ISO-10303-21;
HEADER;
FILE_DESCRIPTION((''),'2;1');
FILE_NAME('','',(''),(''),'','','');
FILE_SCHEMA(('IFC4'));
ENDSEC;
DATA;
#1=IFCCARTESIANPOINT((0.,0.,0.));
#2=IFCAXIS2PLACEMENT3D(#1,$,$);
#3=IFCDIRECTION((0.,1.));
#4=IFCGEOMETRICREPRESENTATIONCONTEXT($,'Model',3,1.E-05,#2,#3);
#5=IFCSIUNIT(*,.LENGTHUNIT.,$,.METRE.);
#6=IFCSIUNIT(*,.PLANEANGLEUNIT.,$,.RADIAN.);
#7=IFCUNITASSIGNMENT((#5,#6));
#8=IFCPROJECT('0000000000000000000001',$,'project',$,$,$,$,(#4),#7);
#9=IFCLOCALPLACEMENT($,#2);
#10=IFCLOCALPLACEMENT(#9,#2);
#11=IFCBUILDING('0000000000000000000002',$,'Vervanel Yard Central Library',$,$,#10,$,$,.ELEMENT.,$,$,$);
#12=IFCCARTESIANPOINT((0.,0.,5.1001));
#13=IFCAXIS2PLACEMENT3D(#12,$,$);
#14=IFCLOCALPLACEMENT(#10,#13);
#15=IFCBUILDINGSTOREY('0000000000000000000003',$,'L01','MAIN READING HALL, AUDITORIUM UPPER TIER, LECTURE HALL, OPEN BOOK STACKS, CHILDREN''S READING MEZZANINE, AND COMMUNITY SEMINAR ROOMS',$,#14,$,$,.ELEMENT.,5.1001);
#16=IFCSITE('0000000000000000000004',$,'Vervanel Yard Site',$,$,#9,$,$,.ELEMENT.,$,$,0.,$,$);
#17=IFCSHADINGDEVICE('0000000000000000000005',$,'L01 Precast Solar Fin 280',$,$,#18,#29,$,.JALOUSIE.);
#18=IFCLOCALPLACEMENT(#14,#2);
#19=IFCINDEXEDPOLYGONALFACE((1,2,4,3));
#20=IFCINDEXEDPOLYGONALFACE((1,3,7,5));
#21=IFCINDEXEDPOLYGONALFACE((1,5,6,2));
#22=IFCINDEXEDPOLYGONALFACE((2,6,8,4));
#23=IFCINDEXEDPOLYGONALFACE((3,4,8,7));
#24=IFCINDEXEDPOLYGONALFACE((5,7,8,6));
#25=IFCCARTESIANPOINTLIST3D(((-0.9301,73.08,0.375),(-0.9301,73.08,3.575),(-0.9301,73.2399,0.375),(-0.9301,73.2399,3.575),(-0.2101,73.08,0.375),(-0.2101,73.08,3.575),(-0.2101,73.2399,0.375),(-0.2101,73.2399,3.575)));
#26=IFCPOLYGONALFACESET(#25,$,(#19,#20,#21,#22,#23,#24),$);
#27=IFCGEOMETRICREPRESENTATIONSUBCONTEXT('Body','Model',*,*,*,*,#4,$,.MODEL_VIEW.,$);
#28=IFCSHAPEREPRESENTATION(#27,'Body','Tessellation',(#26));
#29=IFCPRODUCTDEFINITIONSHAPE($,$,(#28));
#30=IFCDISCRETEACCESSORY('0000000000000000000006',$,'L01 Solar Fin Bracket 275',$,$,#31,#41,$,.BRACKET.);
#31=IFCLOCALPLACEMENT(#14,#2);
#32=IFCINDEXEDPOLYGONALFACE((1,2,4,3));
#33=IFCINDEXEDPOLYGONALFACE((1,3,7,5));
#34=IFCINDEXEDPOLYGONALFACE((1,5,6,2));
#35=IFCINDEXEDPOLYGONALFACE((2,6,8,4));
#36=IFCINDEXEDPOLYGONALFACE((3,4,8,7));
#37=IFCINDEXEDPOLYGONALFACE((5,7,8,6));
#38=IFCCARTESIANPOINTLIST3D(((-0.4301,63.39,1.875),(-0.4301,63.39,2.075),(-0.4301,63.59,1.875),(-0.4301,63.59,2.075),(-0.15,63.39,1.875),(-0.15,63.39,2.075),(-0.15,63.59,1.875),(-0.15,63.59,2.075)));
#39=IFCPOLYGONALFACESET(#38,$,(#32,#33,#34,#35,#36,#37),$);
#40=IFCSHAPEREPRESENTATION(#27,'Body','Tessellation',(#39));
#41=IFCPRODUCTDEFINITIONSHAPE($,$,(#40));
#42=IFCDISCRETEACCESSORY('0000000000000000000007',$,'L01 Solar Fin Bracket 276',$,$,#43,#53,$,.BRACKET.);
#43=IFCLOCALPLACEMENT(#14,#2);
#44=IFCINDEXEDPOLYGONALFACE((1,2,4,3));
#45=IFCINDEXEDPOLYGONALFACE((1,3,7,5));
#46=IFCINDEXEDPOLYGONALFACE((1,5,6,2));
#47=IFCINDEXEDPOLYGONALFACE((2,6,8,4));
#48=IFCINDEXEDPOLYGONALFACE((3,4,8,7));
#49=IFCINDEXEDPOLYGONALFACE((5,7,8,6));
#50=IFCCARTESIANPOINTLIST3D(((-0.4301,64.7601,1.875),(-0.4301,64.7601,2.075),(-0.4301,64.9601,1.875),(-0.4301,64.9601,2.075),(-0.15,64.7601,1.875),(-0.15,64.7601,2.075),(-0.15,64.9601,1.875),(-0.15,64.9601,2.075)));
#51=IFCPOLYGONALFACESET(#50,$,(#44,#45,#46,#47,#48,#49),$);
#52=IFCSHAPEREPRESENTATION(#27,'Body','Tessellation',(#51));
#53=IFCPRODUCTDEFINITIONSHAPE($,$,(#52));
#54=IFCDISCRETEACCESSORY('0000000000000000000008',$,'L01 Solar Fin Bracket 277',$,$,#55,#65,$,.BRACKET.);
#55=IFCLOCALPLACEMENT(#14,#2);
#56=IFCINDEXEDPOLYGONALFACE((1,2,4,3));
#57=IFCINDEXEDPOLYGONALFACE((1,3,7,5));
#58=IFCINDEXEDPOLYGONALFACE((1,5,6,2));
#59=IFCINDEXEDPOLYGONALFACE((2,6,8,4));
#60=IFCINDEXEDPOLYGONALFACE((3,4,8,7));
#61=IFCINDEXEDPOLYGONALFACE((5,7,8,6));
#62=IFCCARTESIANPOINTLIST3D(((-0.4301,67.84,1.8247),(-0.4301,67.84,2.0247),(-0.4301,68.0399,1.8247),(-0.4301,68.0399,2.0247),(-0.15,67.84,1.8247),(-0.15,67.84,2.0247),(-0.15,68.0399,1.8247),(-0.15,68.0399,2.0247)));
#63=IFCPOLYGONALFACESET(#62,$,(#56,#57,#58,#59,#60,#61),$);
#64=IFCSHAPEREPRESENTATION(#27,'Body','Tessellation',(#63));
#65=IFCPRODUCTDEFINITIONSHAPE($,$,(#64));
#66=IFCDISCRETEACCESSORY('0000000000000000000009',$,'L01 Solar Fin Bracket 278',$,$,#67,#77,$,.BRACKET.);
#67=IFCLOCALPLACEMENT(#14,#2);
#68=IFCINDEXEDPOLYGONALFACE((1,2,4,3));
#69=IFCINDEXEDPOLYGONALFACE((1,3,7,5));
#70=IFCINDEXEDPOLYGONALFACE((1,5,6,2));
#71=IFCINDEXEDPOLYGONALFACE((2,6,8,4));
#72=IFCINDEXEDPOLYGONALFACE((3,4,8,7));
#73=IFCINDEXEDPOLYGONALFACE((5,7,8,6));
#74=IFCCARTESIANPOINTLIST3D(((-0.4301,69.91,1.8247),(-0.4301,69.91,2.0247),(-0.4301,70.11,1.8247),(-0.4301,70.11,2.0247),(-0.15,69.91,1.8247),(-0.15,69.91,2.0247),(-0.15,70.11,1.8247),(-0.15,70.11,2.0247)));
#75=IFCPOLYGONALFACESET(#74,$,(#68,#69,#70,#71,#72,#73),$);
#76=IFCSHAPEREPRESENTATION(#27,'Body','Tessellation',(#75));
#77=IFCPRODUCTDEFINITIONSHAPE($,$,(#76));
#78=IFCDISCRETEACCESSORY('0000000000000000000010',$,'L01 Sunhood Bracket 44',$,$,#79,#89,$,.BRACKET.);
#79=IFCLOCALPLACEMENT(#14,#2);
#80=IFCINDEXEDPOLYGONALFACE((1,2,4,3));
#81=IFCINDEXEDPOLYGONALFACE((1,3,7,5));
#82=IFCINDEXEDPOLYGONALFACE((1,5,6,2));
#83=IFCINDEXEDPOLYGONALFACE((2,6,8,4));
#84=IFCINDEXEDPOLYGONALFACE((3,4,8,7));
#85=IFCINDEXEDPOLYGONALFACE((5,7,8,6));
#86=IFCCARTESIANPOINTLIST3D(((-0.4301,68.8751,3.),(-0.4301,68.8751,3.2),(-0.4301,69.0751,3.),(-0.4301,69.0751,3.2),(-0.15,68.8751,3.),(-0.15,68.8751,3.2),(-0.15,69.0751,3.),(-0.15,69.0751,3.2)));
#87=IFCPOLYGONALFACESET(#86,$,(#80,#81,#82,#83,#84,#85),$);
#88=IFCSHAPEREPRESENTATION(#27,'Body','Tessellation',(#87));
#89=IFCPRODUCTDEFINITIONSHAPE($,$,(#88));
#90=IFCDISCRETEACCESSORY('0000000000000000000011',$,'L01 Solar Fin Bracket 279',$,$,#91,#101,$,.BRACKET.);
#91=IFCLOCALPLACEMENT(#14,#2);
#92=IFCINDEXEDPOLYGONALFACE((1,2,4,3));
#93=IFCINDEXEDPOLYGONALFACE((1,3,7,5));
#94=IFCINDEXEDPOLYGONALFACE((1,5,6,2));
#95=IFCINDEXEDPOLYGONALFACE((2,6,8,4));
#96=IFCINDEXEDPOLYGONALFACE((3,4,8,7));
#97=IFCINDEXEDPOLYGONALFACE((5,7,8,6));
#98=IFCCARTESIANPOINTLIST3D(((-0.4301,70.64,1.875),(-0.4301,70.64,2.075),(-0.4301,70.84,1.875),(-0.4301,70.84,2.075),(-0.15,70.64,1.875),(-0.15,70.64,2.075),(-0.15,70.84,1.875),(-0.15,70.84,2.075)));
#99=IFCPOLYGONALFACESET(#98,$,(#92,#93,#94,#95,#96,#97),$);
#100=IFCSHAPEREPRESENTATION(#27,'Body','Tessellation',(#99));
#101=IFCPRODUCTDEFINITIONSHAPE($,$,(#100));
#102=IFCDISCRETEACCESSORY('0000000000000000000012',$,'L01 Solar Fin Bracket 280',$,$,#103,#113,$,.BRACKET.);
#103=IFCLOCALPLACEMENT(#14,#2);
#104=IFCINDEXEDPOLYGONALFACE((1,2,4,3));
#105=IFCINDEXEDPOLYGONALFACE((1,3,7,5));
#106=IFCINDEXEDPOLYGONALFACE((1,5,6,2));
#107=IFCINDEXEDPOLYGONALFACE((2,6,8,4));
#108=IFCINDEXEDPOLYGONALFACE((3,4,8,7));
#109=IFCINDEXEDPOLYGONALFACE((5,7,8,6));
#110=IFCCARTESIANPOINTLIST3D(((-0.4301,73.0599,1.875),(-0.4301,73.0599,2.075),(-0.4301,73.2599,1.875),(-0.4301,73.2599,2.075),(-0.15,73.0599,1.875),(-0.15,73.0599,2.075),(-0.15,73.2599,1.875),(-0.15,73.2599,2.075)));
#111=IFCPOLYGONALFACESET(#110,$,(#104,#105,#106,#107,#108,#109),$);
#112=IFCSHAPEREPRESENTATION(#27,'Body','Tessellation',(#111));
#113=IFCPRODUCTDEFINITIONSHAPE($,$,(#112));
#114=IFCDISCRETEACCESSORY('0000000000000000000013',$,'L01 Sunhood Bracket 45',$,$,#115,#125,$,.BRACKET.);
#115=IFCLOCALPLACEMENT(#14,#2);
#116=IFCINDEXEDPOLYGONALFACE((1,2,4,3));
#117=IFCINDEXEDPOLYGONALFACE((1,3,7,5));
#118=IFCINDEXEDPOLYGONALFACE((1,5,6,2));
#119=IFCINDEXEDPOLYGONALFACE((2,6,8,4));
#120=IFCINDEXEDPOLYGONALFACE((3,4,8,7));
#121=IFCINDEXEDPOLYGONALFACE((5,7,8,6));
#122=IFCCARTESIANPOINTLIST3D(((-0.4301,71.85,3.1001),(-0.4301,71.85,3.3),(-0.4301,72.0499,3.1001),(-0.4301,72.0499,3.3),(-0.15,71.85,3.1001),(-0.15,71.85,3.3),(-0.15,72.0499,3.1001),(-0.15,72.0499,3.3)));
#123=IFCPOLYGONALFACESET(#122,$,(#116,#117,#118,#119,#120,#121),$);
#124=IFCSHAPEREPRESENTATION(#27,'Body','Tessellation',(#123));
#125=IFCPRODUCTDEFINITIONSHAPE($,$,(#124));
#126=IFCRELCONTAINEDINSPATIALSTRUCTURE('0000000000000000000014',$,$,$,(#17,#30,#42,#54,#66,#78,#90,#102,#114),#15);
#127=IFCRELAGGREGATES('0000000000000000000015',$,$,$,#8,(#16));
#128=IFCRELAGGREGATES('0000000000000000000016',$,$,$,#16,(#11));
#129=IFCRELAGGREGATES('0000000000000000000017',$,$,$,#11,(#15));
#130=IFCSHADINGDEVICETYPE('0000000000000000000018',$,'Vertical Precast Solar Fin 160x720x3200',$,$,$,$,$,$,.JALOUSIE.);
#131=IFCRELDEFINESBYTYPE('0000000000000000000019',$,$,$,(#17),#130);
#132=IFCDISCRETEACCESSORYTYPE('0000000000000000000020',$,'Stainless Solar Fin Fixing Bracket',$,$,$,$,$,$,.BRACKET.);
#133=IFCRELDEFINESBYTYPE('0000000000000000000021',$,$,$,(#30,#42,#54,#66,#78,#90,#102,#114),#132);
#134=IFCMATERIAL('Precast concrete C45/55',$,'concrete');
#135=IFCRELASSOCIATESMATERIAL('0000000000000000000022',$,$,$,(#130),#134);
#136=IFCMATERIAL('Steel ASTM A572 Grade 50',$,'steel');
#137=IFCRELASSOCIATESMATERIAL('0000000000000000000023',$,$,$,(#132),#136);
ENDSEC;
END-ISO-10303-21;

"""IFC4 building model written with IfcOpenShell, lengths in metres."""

from ifc_helpers import new_model, si_unit, direction, frame, origin, origin_2d, place, context, subcontext, project, spatial, rectangle, extrude, material, type_object, element, save


model = new_model("IFC4")

# Units and contexts
model_context = context("Model", 3, precision=1e-05, world=origin(), true_north=direction((0.0, 1.0)))
body_context = subcontext(model_context, "Body", "Model", "MODEL_VIEW")
ifc_project = project(units=[si_unit("LENGTHUNIT", "METRE"), si_unit("PLANEANGLEUNIT", "RADIAN")], contexts=[model_context])

# Site, building, storey
site_placement = place(None, origin())
site = spatial("IfcSite", under=ifc_project, at=site_placement, Name="Vervanel Yard Site", CompositionType="ELEMENT", RefElevation=0.0)
building_placement = place(site_placement, origin())
building = spatial("IfcBuilding", under=site, at=building_placement, Name="Vervanel Yard Central Library", CompositionType="ELEMENT")
storey_placement = place(building_placement, frame((0.0, 0.0, 5.1001)))
storey = spatial("IfcBuildingStorey", under=building, at=storey_placement, Name="L01", Description="MAIN READING HALL, AUDITORIUM UPPER TIER, LECTURE HALL, OPEN BOOK STACKS, CHILDREN'S READING MEZZANINE, AND COMMUNITY SEMINAR ROOMS", CompositionType="ELEMENT", Elevation=5.1001)

# Shared definitions
ifc_material_1 = material(Name="Precast concrete C45/55", Category="concrete")

# Shading device
shading_device_type_1 = type_object("IfcShadingDeviceType", Name="Vertical Precast Solar Fin 160x720x3200", PredefinedType="JALOUSIE", material=ifc_material_1)
for number, where, z_axis, x_axis, name in (
    (1, (-0.5701, 73.1599, 0.375), (0.0, 0.0, 1.0), (0.0, 1.0, 0.0), "L01 Precast Solar Fin 280"),
):
    element("IfcShadingDevice", number, at=place(storey_placement, frame(where, z_axis=z_axis, x_axis=x_axis)), inside=storey, type_object=shading_device_type_1, Name=name, PredefinedType="JALOUSIE", context=body_context, shape_type="SweptSolid", body=[
        extrude(rectangle(XDim=0.1599, YDim=0.72, at=origin_2d()), origin(), (0.0, 0.0, 1.0), 3.2),
    ])

# Discrete accessories
ifc_material_2 = material(Name="Steel ASTM A572 Grade 50", Category="steel")
discrete_accessory_type = type_object("IfcDiscreteAccessoryType", Name="Stainless Solar Fin Fixing Bracket", PredefinedType="BRACKET", material=ifc_material_2)
for number, where, z_axis, x_axis, name in (
    (2, (-0.29, 63.49, 1.875), (0.0, 0.0, 1.0), (0.0, 1.0, 0.0), "L01 Solar Fin Bracket 275"),
    (3, (-0.29, 64.8601, 1.875), (0.0, 0.0, 1.0), (0.0, 1.0, 0.0), "L01 Solar Fin Bracket 276"),
    (4, (-0.29, 67.9399, 1.8247), (0.0, 0.0, 1.0), (0.0, 1.0, 0.0), "L01 Solar Fin Bracket 277"),
    (5, (-0.29, 70.01, 1.8247), (0.0, 0.0, 1.0), (0.0, 1.0, 0.0), "L01 Solar Fin Bracket 278"),
    (6, (-0.29, 68.9751, 3.0), (0.0, 0.0, 1.0), (0.0, 1.0, 0.0), "L01 Sunhood Bracket 44"),
    (7, (-0.29, 70.74, 1.875), (0.0, 0.0, 1.0), (0.0, 1.0, 0.0), "L01 Solar Fin Bracket 279"),
    (8, (-0.29, 73.1599, 1.875), (0.0, 0.0, 1.0), (0.0, 1.0, 0.0), "L01 Solar Fin Bracket 280"),
    (9, (-0.29, 71.95, 3.1001), (0.0, 0.0, 1.0), (0.0, 1.0, 0.0), "L01 Sunhood Bracket 45"),
):
    element("IfcDiscreteAccessory", number, at=place(storey_placement, frame(where, z_axis=z_axis, x_axis=x_axis)), inside=storey, type_object=discrete_accessory_type, Name=name, PredefinedType="BRACKET", context=body_context, shape_type="SweptSolid", body=[
        extrude(rectangle(XDim=0.2, YDim=0.28, at=origin_2d()), origin(), (0.0, 0.0, 1.0), 0.2),
    ])

save(model, "model.ifc")
